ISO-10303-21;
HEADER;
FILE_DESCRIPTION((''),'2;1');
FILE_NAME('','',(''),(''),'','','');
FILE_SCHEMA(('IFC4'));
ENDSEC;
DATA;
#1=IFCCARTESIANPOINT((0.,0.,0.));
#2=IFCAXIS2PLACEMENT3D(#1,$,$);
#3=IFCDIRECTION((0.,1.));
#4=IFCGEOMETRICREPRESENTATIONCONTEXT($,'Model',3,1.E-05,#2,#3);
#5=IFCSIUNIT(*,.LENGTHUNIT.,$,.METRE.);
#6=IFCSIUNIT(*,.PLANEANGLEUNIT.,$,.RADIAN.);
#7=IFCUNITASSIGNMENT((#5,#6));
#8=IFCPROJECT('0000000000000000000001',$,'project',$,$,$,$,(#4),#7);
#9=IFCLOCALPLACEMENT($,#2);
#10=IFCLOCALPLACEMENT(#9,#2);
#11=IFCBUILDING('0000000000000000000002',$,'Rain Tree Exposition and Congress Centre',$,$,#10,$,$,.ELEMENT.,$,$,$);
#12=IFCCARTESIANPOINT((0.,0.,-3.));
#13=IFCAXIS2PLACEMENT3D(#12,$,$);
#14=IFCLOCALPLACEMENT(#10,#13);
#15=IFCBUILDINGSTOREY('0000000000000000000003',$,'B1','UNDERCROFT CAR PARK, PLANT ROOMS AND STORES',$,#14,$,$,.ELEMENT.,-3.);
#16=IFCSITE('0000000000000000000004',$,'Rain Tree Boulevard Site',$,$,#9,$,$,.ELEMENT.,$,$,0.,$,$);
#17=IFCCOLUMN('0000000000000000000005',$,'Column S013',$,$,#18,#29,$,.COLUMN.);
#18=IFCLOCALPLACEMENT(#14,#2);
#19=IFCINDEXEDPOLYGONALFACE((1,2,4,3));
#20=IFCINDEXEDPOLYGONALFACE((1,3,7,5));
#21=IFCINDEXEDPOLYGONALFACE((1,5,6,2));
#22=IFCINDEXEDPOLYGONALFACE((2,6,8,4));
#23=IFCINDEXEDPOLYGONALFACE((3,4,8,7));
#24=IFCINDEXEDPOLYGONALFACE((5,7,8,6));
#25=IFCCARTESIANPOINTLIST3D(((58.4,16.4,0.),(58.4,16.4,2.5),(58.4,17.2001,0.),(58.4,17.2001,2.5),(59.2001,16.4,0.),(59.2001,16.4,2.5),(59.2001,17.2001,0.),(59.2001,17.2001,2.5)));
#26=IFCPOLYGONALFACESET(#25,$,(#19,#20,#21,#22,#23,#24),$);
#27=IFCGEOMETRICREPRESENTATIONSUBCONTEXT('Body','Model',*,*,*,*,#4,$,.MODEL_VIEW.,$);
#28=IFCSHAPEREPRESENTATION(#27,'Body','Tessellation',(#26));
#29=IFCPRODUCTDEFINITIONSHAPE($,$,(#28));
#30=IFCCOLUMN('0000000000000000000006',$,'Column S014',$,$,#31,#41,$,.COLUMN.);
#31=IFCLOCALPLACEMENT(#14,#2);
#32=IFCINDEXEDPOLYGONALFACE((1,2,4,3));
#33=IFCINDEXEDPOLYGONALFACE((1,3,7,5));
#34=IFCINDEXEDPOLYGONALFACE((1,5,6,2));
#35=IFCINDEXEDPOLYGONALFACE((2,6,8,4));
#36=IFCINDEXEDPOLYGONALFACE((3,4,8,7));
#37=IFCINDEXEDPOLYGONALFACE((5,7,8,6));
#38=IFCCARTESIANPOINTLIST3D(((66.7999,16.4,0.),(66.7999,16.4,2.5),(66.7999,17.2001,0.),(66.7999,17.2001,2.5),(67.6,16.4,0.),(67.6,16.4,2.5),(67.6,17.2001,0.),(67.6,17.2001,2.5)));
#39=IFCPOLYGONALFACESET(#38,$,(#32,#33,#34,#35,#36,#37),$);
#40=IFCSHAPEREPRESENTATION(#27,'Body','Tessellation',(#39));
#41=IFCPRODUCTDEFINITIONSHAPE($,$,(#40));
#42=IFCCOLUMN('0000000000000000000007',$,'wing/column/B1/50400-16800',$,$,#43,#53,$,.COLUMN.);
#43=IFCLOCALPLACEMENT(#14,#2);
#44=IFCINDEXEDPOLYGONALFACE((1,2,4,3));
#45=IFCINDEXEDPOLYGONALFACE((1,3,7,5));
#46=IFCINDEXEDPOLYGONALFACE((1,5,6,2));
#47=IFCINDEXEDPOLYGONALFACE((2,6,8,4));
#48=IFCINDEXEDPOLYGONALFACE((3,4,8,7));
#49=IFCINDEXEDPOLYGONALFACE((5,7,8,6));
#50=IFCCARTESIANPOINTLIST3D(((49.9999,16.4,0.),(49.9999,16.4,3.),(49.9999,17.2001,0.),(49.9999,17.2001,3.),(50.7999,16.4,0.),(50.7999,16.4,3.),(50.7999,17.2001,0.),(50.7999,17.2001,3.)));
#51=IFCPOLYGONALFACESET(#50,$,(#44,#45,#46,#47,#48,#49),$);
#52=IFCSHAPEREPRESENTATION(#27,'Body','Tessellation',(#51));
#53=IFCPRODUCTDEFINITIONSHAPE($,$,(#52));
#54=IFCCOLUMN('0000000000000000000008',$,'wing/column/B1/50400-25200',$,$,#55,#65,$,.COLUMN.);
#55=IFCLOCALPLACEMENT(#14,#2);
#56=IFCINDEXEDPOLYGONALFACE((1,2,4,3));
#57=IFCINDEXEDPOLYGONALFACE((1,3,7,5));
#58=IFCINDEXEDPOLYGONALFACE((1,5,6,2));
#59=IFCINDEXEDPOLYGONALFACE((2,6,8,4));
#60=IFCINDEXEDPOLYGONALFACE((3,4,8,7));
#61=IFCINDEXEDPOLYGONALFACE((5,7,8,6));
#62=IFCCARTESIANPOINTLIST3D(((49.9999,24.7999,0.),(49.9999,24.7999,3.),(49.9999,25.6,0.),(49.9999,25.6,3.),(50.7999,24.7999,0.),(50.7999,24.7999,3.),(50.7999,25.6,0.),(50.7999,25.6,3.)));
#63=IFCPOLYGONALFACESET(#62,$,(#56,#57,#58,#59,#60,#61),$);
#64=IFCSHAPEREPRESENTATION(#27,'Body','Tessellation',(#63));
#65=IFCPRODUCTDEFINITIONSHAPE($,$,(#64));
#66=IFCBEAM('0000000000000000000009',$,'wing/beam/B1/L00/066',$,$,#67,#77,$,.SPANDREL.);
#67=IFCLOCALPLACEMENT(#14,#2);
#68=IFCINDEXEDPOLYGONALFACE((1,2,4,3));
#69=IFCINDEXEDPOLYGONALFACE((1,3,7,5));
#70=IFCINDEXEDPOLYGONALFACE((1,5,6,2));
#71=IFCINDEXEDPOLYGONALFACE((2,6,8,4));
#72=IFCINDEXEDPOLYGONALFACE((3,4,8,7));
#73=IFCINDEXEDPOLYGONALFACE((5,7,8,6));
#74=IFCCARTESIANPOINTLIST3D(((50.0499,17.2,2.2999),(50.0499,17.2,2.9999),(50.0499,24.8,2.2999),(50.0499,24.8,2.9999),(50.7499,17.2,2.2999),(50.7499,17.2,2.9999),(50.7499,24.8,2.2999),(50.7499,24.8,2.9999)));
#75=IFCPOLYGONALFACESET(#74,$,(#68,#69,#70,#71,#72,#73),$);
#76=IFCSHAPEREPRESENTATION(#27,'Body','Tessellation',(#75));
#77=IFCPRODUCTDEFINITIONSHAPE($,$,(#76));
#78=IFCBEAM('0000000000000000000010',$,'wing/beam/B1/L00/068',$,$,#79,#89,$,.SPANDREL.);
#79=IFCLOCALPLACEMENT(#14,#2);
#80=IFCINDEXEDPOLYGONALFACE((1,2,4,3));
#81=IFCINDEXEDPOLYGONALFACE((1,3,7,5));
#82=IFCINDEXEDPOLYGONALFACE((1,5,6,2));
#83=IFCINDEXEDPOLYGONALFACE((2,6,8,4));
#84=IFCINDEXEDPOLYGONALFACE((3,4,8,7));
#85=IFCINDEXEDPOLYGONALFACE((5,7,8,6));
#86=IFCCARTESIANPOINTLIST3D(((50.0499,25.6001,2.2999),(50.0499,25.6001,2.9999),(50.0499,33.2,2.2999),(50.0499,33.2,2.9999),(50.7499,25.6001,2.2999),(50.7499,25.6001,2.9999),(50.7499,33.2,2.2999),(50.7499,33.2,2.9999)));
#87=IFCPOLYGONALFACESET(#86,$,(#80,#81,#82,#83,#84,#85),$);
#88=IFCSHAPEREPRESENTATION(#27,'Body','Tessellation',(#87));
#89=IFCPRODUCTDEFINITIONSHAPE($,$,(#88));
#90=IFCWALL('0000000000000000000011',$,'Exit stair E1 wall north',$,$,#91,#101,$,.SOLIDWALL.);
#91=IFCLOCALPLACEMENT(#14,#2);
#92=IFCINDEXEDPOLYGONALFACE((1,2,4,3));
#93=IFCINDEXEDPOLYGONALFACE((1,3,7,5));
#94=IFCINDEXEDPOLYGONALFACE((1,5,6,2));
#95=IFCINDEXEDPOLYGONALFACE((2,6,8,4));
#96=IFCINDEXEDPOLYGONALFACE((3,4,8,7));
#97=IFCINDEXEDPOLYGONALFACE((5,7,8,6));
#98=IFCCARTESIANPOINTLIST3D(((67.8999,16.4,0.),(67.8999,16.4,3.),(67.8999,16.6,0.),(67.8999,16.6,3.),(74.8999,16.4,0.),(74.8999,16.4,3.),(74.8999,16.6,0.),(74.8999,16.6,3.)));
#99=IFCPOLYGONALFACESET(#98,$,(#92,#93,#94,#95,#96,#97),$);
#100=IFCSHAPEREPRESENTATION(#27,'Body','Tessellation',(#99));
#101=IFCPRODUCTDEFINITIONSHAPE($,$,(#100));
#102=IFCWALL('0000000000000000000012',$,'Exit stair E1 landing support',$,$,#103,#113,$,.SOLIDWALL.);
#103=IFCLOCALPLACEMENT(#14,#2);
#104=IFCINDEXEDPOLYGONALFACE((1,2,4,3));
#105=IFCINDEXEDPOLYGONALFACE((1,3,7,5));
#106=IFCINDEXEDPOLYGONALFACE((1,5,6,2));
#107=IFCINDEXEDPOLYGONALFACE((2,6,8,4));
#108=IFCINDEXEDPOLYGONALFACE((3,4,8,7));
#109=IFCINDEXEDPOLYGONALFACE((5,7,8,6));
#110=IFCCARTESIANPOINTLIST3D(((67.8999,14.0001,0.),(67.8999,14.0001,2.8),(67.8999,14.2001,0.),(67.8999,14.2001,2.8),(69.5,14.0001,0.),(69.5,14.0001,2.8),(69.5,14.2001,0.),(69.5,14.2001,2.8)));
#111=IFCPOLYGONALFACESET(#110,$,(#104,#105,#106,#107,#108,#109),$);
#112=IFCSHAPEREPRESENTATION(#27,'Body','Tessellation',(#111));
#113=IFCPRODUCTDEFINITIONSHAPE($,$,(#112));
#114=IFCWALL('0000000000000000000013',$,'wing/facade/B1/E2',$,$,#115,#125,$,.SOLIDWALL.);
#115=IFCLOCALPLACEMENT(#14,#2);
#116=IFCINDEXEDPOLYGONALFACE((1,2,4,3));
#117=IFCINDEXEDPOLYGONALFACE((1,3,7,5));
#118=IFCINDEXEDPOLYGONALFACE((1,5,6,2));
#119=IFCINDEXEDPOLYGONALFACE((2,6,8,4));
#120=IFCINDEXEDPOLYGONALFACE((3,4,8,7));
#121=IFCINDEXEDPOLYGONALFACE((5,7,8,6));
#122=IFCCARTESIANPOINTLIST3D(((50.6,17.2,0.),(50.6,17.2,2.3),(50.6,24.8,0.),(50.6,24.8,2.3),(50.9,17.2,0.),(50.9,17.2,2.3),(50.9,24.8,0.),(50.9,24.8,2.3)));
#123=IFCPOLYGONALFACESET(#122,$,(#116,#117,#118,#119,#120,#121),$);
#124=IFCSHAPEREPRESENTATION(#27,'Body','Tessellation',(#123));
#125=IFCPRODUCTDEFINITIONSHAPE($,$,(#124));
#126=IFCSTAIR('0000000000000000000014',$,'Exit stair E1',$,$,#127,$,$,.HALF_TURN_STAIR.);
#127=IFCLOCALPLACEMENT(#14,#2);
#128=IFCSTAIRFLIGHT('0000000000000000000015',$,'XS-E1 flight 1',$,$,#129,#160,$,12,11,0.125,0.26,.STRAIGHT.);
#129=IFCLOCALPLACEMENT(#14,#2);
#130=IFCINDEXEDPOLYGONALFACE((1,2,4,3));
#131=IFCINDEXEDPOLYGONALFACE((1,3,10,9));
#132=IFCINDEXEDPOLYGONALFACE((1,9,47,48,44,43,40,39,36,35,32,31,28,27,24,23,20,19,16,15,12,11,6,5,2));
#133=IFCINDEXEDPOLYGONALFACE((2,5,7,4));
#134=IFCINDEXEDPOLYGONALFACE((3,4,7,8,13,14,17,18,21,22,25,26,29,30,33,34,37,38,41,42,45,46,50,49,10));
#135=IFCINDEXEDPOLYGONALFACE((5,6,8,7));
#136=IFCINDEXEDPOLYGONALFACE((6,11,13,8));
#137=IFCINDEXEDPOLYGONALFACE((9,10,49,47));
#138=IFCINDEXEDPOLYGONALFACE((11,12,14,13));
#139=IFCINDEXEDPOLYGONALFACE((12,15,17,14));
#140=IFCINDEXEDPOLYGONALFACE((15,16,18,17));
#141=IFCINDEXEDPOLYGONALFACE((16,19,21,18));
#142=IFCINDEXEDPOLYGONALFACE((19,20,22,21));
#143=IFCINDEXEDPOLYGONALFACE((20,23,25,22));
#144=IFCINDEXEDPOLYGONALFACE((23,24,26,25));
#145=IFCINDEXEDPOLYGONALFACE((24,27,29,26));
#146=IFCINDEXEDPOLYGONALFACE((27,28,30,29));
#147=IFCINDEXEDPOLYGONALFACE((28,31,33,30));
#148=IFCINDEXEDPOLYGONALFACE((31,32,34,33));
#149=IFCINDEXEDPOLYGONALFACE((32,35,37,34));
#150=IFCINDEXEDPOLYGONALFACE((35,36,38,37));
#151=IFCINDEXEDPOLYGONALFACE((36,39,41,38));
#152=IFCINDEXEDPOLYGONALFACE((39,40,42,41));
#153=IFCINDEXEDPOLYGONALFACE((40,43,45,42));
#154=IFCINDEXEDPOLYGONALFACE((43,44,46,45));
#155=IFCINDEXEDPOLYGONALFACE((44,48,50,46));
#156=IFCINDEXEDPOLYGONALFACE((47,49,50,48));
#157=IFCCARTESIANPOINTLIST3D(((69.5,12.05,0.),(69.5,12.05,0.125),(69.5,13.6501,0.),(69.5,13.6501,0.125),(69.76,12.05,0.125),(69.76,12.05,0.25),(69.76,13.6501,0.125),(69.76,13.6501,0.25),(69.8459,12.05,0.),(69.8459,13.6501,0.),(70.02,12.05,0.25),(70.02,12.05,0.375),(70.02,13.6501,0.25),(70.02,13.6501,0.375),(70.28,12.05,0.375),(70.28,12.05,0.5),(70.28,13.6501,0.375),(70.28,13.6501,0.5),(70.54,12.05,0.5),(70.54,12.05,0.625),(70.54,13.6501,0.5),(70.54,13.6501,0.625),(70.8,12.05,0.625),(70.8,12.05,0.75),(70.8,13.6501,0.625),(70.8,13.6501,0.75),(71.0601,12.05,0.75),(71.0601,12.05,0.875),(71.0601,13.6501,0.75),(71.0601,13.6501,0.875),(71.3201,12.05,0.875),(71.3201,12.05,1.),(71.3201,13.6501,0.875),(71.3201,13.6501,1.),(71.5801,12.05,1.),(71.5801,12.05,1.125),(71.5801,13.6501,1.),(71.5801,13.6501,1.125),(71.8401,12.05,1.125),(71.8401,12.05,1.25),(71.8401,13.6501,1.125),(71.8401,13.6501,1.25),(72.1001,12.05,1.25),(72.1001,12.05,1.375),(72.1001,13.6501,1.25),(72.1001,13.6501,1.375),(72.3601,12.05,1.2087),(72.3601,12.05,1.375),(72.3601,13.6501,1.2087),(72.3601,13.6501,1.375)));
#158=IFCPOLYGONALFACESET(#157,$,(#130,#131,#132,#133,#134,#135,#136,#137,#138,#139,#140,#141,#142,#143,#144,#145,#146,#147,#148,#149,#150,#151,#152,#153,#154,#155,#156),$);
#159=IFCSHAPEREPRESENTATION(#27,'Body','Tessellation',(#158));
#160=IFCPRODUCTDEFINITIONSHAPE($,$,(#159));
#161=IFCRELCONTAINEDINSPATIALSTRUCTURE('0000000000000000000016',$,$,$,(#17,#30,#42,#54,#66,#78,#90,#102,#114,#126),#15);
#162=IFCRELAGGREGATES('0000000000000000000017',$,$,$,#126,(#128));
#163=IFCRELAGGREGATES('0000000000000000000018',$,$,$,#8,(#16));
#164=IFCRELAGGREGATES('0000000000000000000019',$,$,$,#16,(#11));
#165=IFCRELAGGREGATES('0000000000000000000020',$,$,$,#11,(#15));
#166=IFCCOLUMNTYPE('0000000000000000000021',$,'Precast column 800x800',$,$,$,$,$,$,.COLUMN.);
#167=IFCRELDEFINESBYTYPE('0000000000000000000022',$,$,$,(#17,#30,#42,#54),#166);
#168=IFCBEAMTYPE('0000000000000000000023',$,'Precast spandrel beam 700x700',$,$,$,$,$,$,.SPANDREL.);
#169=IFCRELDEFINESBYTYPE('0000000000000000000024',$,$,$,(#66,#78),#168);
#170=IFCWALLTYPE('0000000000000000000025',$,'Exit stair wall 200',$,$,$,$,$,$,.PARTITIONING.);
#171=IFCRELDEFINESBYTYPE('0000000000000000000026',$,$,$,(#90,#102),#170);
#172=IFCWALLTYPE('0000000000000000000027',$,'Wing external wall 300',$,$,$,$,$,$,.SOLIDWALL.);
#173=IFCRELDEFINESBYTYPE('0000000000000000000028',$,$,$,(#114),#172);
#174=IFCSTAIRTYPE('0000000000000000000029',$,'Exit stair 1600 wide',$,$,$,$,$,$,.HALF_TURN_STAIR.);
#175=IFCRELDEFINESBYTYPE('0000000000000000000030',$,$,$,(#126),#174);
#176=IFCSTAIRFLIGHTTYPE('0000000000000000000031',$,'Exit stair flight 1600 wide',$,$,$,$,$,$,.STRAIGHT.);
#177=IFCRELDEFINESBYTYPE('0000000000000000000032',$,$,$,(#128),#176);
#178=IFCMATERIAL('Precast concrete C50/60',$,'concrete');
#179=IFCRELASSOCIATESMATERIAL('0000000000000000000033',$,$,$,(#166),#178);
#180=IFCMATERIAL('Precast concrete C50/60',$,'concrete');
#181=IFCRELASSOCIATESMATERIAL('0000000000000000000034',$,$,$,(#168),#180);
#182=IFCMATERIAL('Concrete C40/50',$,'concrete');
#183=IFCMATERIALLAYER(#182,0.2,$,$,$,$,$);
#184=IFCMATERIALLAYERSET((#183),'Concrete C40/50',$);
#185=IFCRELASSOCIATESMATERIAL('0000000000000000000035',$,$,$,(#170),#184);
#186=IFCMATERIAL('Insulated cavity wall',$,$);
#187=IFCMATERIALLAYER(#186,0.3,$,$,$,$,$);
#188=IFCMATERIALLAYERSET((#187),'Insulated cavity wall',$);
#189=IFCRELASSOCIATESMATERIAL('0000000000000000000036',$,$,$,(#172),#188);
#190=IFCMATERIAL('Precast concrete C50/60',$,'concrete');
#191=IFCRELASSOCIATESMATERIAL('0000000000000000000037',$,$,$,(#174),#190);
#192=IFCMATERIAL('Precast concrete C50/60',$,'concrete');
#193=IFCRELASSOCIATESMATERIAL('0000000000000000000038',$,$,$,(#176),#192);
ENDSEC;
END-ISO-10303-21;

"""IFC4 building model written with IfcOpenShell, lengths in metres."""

from ifc_helpers import new_model, si_unit, direction, frame, frame_2d, origin, origin_2d, place, context, subcontext, project, spatial, polyline, rectangle, outline, extrude, material, layer, layer_set, material_profile, profile_set, type_object, element, aggregate, save


model = new_model("IFC4")

# Units and contexts
model_context = context("Model", 3, precision=1e-05, world=origin(), true_north=direction((0.0, 1.0)))
body_context = subcontext(model_context, "Body", "Model", "MODEL_VIEW")
ifc_project = project(units=[si_unit("LENGTHUNIT", "METRE"), si_unit("PLANEANGLEUNIT", "RADIAN")], contexts=[model_context])

# Site, building, storey
site_placement = place(None, origin())
site = spatial("IfcSite", under=ifc_project, at=site_placement, Name="Rain Tree Boulevard Site", CompositionType="ELEMENT", RefElevation=0.0)
building_placement = place(site_placement, origin())
building = spatial("IfcBuilding", under=site, at=building_placement, Name="Rain Tree Exposition and Congress Centre", CompositionType="ELEMENT")
storey_placement = place(building_placement, frame((0.0, 0.0, -3.0)))
storey = spatial("IfcBuildingStorey", under=building, at=storey_placement, Name="B1", Description="UNDERCROFT CAR PARK, PLANT ROOMS AND STORES", CompositionType="ELEMENT", Elevation=-3.0)

# Columns
ifc_material_1 = material(Name="Precast concrete C50/60", Category="concrete")
ifc_material_profile_1 = material_profile(ifc_material_1, rectangle(XDim=0.8, YDim=0.8, at=origin_2d()), Name="RC 800x800")
ifc_profile_set_1 = profile_set([ifc_material_profile_1], Name="Precast concrete C50/60")
column_type = type_object("IfcColumnType", Name="Precast column 800x800", PredefinedType="COLUMN", material=ifc_profile_set_1)
for number, where, z_axis, x_axis, name in (
    (1, (58.8, 16.8, 0.0), (0.0, 0.0, 1.0), (1.0, 0.0, 0.0), "Column S013"),
    (2, (67.2, 16.8, 0.0), (0.0, 0.0, 1.0), (1.0, 0.0, 0.0), "Column S014"),
):
    element("IfcColumn", number, at=place(storey_placement, frame(where, z_axis=z_axis, x_axis=x_axis)), inside=storey, type_object=column_type, Name=name, PredefinedType="COLUMN", context=body_context, shape_type="SweptSolid", body=[
        extrude(rectangle(XDim=0.8, YDim=0.8, at=origin_2d()), origin(), (0.0, 0.0, 1.0), 2.5),
    ])
for number, where, z_axis, x_axis, name in (
    (3, (50.3999, 16.8, 0.0), (0.0, 0.0, 1.0), (1.0, 0.0, 0.0), "wing/column/B1/50400-16800"),
    (4, (50.3999, 25.2, 0.0), (0.0, 0.0, 1.0), (1.0, 0.0, 0.0), "wing/column/B1/50400-25200"),
):
    element("IfcColumn", number, at=place(storey_placement, frame(where, z_axis=z_axis, x_axis=x_axis)), inside=storey, type_object=column_type, Name=name, PredefinedType="COLUMN", context=body_context, shape_type="SweptSolid", body=[
        extrude(rectangle(XDim=0.8, YDim=0.8, at=origin_2d()), origin(), (0.0, 0.0, 1.0), 3.0),
    ])

# Beams
ifc_material_2 = material(Name="Precast concrete C50/60", Category="concrete")
ifc_material_profile_2 = material_profile(ifc_material_2, rectangle(XDim=0.7, YDim=0.7, at=origin_2d()), Name="RC 700x700")
ifc_profile_set_2 = profile_set([ifc_material_profile_2], Name="Precast concrete C50/60")
beam_type = type_object("IfcBeamType", Name="Precast spandrel beam 700x700", PredefinedType="SPANDREL", material=ifc_profile_set_2)
beam_1_placement = place(storey_placement, frame((50.3999, 17.2, 2.6499), z_axis=(0.0, 1.0, 0.0), x_axis=(-1.0, 0.0, 0.0)))
element("IfcBeam", 5, at=beam_1_placement, inside=storey, type_object=beam_type, Name="wing/beam/B1/L00/066", PredefinedType="SPANDREL", context=body_context, shape_type="SweptSolid", body=[
    extrude(rectangle(XDim=0.7, YDim=0.7, at=origin_2d()), origin(), (0.0, 0.0, 1.0), 7.6001),
])
beam_2_placement = place(storey_placement, frame((50.3999, 25.6001, 2.6499), z_axis=(0.0, 1.0, 0.0), x_axis=(-1.0, 0.0, 0.0)))
element("IfcBeam", 6, at=beam_2_placement, inside=storey, type_object=beam_type, Name="wing/beam/B1/L00/068", PredefinedType="SPANDREL", context=body_context, shape_type="SweptSolid", body=[
    extrude(rectangle(XDim=0.7, YDim=0.7, at=origin_2d()), origin(), (0.0, 0.0, 1.0), 7.5999),
])

# Walls
ifc_material_3 = material(Name="Concrete C40/50", Category="concrete")
ifc_layer_1 = layer(ifc_material_3, 0.2)
ifc_layer_set_1 = layer_set([ifc_layer_1], Name="Concrete C40/50")
wall_type_1 = type_object("IfcWallType", Name="Exit stair wall 200", PredefinedType="PARTITIONING", material=ifc_layer_set_1)
wall_1_placement = place(storey_placement, frame((67.8999, 16.5, 0.0), z_axis=(0.0, 0.0, 1.0), x_axis=(1.0, 0.0, 0.0)))
element("IfcWall", 7, at=wall_1_placement, inside=storey, type_object=wall_type_1, Name="Exit stair E1 wall north", PredefinedType="SOLIDWALL", context=body_context, shape_type="SweptSolid", body=[
    extrude(rectangle(XDim=7.0, YDim=0.2, at=frame_2d((3.5, 0.0))), origin(), (0.0, 0.0, 1.0), 3.0),
])
wall_2_placement = place(storey_placement, frame((67.8999, 14.1001, 0.0), z_axis=(0.0, 0.0, 1.0), x_axis=(1.0, 0.0, 0.0)))
element("IfcWall", 8, at=wall_2_placement, inside=storey, type_object=wall_type_1, Name="Exit stair E1 landing support", PredefinedType="SOLIDWALL", context=body_context, shape_type="SweptSolid", body=[
    extrude(rectangle(XDim=1.6001, YDim=0.2, at=frame_2d((0.8, 0.0))), origin(), (0.0, 0.0, 1.0), 2.8),
])
ifc_material_4 = material(Name="Insulated cavity wall")
ifc_layer_2 = layer(ifc_material_4, 0.3)
ifc_layer_set_2 = layer_set([ifc_layer_2], Name="Insulated cavity wall")
wall_type_2 = type_object("IfcWallType", Name="Wing external wall 300", PredefinedType="SOLIDWALL", material=ifc_layer_set_2)
wall_3_placement = place(storey_placement, frame((50.75, 17.2, 0.0), z_axis=(0.0, 0.0, 1.0), x_axis=(0.0, 1.0, 0.0)))
element("IfcWall", 9, at=wall_3_placement, inside=storey, type_object=wall_type_2, Name="wing/facade/B1/E2", PredefinedType="SOLIDWALL", context=body_context, shape_type="SweptSolid", body=[
    extrude(rectangle(XDim=7.6001, YDim=0.3, at=frame_2d((3.8, 0.0))), origin(), (0.0, 0.0, 1.0), 2.3),
])

# Stair, stair flight
ifc_material_5 = material(Name="Precast concrete C50/60", Category="concrete")
stair_type = type_object("IfcStairType", Name="Exit stair 1600 wide", PredefinedType="HALF_TURN_STAIR", material=ifc_material_5)
stair_placement = place(storey_placement, origin())
stair = element("IfcStair", 10, at=stair_placement, inside=storey, type_object=stair_type, Name="Exit stair E1", PredefinedType="HALF_TURN_STAIR")
ifc_material_6 = material(Name="Precast concrete C50/60", Category="concrete")
stair_flight_type = type_object("IfcStairFlightType", Name="Exit stair flight 1600 wide", PredefinedType="STRAIGHT", material=ifc_material_6)
stair_flight_1_placement = place(storey_placement, frame((69.5, 12.8501, 0.0), z_axis=(0.0, 0.0, 1.0), x_axis=(1.0, 0.0, 0.0)))
stair_flight_1 = element("IfcStairFlight", 11, at=stair_flight_1_placement, type_object=stair_flight_type, Name="XS-E1 flight 1", NumberOfRisers=12, NumberOfTreads=11, PredefinedType="STRAIGHT", RiserHeight=0.125, TreadLength=0.26, context=body_context, shape_type="SweptSolid", body=[
    extrude(outline(polyline([(0.0, 0.0), (0.0, 0.125), (0.26, 0.125), (0.26, 0.25), (0.52, 0.25), (0.52, 0.375), (0.78, 0.375), (0.78, 0.5), (1.04, 0.5), (1.04, 0.625), (1.3, 0.625), (1.3, 0.75), (1.5601, 0.75), (1.5601, 0.875), (1.8201, 0.875), (1.8201, 1.0), (2.0801, 1.0), (2.0801, 1.125), (2.3401, 1.125), (2.3401, 1.25), (2.6001, 1.25), (2.6001, 1.375), (2.8601, 1.375), (2.8601, 1.5), (2.8601, 1.2087), (0.3459, 0.0), (0.0, 0.0)])), frame((0.0, 0.8, 0.0), z_axis=(0.0, -1.0, 0.0), x_axis=(1.0, 0.0, 0.0)), (0.0, 0.0, 1.0), 1.6001),
])
aggregate(stair, [stair_flight_1])

save(model, "model.ifc")
